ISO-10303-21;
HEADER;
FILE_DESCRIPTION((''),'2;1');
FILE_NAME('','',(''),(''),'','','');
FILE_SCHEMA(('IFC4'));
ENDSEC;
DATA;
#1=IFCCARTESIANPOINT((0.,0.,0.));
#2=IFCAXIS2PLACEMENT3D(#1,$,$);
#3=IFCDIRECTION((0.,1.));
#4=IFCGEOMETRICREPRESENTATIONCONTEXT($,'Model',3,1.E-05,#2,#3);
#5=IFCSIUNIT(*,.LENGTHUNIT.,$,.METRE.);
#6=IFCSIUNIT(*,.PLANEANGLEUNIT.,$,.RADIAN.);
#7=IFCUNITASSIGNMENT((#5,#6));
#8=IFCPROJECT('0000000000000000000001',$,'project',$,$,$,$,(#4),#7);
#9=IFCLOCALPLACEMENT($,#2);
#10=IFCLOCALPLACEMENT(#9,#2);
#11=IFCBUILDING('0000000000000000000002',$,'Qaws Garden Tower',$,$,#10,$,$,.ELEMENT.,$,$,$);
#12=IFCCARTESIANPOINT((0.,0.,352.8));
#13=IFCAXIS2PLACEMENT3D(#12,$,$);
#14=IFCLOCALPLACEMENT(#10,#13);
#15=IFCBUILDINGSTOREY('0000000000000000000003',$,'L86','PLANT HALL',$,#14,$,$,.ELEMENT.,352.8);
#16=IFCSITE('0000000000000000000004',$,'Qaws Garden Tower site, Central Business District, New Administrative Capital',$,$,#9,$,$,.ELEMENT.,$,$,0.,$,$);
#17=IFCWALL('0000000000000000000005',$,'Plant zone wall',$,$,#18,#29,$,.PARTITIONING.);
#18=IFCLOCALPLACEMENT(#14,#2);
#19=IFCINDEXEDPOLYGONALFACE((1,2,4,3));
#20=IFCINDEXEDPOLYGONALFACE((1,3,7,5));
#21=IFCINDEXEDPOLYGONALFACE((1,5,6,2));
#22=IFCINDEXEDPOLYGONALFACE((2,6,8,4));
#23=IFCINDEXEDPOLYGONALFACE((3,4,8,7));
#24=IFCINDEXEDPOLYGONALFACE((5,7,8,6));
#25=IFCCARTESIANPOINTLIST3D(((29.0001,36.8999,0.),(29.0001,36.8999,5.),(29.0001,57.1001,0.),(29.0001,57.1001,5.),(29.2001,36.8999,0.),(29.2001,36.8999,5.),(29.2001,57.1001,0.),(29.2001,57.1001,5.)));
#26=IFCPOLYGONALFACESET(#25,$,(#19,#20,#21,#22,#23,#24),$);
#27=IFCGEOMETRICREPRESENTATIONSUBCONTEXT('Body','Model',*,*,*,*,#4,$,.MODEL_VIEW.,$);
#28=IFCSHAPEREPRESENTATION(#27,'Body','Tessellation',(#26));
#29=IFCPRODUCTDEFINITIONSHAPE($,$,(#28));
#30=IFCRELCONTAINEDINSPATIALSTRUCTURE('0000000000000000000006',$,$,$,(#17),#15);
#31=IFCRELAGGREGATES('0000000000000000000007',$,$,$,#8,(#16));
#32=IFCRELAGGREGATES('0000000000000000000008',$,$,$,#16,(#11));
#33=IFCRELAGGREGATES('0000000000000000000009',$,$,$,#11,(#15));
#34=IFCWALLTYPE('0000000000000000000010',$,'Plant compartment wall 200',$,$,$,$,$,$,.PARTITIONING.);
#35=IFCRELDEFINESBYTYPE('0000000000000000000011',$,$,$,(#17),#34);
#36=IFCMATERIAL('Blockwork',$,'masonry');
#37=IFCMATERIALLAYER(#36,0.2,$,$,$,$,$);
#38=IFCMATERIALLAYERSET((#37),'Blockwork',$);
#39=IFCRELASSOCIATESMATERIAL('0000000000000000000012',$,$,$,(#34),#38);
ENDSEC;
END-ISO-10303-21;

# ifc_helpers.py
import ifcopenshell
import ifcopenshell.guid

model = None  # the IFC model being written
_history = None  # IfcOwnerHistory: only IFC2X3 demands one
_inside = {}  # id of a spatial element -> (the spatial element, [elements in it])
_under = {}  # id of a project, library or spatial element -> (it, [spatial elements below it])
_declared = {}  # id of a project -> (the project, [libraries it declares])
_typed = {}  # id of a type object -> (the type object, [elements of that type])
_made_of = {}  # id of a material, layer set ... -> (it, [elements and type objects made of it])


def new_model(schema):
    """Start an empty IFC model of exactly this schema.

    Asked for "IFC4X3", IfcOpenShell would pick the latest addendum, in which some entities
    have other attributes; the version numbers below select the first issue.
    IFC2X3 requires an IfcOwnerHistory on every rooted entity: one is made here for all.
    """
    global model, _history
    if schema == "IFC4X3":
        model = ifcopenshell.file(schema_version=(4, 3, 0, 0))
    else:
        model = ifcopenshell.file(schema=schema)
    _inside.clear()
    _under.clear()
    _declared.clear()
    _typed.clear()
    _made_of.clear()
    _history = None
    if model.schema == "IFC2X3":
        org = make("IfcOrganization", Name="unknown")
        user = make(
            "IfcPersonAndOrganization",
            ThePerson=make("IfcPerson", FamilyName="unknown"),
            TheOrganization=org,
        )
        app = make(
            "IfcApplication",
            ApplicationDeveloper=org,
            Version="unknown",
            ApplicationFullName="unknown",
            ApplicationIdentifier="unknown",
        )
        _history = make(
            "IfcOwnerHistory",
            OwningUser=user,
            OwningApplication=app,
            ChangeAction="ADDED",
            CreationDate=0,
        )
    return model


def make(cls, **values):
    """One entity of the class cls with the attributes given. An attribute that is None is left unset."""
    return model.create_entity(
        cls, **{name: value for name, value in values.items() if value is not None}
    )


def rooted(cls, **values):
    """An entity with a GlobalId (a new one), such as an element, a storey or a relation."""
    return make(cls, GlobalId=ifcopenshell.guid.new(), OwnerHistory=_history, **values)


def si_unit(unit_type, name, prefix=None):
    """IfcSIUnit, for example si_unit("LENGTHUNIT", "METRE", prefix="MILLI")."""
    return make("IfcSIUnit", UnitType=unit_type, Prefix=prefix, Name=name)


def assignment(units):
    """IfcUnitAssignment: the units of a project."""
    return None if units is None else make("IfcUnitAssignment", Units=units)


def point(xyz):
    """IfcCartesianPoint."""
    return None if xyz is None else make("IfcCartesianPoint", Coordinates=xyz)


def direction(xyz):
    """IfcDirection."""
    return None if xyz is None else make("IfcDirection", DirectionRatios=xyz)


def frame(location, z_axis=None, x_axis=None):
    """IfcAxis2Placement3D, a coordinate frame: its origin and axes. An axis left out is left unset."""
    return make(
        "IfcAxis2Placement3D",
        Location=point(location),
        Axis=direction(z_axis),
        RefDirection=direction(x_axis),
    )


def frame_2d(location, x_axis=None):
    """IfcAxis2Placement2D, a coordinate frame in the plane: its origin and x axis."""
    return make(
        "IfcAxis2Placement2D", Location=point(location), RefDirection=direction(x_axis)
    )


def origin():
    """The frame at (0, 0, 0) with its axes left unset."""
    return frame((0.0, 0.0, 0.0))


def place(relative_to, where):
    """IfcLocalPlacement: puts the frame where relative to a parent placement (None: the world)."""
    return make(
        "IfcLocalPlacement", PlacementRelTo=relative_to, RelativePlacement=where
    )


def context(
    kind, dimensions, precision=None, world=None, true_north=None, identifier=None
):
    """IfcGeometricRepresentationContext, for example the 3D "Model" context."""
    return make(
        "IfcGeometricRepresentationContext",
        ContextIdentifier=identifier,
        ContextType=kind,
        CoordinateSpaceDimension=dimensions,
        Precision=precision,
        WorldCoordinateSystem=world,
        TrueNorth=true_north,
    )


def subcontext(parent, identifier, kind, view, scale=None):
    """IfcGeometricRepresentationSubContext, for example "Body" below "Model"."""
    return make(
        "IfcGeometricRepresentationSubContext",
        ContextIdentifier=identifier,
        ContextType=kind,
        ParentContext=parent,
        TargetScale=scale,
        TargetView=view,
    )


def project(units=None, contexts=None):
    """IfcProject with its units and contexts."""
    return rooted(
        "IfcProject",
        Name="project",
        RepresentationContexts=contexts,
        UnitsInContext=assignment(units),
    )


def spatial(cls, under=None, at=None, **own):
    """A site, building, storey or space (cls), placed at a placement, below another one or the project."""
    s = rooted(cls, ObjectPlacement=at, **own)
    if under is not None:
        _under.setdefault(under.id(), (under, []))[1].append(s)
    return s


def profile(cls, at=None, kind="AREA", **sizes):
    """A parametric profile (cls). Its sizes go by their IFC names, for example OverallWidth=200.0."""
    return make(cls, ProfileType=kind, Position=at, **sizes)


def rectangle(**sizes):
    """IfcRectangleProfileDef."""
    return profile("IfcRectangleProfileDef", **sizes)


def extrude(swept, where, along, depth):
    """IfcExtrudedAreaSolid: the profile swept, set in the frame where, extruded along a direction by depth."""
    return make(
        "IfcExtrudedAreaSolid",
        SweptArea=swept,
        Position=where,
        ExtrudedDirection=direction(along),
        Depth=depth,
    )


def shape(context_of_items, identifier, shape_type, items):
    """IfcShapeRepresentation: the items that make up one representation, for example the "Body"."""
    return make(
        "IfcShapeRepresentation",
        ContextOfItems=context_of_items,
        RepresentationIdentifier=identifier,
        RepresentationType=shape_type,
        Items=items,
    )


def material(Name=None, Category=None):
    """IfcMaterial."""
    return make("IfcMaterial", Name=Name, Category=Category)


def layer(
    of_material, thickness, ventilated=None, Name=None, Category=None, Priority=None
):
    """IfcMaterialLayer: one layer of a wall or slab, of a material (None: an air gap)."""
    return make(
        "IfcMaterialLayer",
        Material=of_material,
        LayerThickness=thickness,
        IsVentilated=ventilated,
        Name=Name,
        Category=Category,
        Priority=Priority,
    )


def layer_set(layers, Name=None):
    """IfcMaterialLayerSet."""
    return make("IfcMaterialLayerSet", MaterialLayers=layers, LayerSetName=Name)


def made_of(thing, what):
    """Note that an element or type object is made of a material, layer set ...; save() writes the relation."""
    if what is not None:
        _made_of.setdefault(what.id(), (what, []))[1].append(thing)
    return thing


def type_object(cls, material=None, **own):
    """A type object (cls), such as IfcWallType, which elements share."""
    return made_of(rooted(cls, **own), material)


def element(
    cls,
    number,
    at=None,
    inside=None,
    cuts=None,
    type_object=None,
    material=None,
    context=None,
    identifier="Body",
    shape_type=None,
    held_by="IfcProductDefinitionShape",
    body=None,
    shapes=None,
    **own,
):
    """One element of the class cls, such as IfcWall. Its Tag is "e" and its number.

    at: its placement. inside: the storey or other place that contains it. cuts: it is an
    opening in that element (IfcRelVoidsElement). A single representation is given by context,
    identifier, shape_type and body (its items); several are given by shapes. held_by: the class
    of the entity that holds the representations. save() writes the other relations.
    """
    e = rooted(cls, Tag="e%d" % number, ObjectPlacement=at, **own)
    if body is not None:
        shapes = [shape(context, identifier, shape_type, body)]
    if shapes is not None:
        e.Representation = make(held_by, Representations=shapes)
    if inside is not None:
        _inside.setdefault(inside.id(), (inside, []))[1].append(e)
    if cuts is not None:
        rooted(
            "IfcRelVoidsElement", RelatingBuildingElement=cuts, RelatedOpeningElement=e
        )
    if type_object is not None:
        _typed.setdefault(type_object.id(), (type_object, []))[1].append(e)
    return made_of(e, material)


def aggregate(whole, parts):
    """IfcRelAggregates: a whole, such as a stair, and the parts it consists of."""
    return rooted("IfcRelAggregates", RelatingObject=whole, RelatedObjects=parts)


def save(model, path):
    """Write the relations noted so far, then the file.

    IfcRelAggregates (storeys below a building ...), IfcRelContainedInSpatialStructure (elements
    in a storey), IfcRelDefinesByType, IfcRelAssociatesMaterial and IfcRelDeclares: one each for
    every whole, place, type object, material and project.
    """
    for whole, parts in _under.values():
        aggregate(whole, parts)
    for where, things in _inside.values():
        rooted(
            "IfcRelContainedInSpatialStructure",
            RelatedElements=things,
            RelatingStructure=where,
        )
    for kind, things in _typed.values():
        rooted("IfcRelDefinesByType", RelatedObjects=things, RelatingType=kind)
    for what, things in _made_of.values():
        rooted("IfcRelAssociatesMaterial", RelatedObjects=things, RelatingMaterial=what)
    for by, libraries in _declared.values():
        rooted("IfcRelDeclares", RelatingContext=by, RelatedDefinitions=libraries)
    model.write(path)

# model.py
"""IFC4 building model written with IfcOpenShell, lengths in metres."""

from ifc_helpers import new_model, si_unit, direction, frame, frame_2d, origin, place, context, subcontext, project, spatial, rectangle, extrude, material, layer, layer_set, type_object, element, save


model = new_model("IFC4")

# Units and contexts
model_context = context("Model", 3, precision=1e-05, world=origin(), true_north=direction((0.0, 1.0)))
body_context = subcontext(model_context, "Body", "Model", "MODEL_VIEW")
ifc_project = project(units=[si_unit("LENGTHUNIT", "METRE"), si_unit("PLANEANGLEUNIT", "RADIAN")], contexts=[model_context])

# Site, building, storey
site_placement = place(None, origin())
site = spatial("IfcSite", under=ifc_project, at=site_placement, Name="Qaws Garden Tower site, Central Business District, New Administrative Capital", CompositionType="ELEMENT", RefElevation=0.0)
building_placement = place(site_placement, origin())
building = spatial("IfcBuilding", under=site, at=building_placement, Name="Qaws Garden Tower", CompositionType="ELEMENT")
storey_placement = place(building_placement, frame((0.0, 0.0, 352.8)))
storey = spatial("IfcBuildingStorey", under=building, at=storey_placement, Name="L86", Description="PLANT HALL", CompositionType="ELEMENT", Elevation=352.8)

# Shared definitions
ifc_material_1 = material(Name="Blockwork", Category="masonry")
ifc_layer_1 = layer(ifc_material_1, 0.2)
ifc_layer_set_1 = layer_set([ifc_layer_1], Name="Blockwork")
wall_type = type_object("IfcWallType", Name="Plant compartment wall 200", PredefinedType="PARTITIONING", material=ifc_layer_set_1)

# Wall
wall_1_placement = place(storey_placement, frame((29.1001, 36.8999, 0.0), z_axis=(0.0, 0.0, 1.0), x_axis=(0.0, 1.0, 0.0)))
element("IfcWall", 1, at=wall_1_placement, inside=storey, type_object=wall_type, Name="Plant zone wall", PredefinedType="PARTITIONING", context=body_context, shape_type="SweptSolid", body=[
    extrude(rectangle(XDim=20.2002, YDim=0.2, at=frame_2d((10.1001, 0.0))), origin(), (0.0, 0.0, 1.0), 5.0),
])

save(model, "model.ifc")
